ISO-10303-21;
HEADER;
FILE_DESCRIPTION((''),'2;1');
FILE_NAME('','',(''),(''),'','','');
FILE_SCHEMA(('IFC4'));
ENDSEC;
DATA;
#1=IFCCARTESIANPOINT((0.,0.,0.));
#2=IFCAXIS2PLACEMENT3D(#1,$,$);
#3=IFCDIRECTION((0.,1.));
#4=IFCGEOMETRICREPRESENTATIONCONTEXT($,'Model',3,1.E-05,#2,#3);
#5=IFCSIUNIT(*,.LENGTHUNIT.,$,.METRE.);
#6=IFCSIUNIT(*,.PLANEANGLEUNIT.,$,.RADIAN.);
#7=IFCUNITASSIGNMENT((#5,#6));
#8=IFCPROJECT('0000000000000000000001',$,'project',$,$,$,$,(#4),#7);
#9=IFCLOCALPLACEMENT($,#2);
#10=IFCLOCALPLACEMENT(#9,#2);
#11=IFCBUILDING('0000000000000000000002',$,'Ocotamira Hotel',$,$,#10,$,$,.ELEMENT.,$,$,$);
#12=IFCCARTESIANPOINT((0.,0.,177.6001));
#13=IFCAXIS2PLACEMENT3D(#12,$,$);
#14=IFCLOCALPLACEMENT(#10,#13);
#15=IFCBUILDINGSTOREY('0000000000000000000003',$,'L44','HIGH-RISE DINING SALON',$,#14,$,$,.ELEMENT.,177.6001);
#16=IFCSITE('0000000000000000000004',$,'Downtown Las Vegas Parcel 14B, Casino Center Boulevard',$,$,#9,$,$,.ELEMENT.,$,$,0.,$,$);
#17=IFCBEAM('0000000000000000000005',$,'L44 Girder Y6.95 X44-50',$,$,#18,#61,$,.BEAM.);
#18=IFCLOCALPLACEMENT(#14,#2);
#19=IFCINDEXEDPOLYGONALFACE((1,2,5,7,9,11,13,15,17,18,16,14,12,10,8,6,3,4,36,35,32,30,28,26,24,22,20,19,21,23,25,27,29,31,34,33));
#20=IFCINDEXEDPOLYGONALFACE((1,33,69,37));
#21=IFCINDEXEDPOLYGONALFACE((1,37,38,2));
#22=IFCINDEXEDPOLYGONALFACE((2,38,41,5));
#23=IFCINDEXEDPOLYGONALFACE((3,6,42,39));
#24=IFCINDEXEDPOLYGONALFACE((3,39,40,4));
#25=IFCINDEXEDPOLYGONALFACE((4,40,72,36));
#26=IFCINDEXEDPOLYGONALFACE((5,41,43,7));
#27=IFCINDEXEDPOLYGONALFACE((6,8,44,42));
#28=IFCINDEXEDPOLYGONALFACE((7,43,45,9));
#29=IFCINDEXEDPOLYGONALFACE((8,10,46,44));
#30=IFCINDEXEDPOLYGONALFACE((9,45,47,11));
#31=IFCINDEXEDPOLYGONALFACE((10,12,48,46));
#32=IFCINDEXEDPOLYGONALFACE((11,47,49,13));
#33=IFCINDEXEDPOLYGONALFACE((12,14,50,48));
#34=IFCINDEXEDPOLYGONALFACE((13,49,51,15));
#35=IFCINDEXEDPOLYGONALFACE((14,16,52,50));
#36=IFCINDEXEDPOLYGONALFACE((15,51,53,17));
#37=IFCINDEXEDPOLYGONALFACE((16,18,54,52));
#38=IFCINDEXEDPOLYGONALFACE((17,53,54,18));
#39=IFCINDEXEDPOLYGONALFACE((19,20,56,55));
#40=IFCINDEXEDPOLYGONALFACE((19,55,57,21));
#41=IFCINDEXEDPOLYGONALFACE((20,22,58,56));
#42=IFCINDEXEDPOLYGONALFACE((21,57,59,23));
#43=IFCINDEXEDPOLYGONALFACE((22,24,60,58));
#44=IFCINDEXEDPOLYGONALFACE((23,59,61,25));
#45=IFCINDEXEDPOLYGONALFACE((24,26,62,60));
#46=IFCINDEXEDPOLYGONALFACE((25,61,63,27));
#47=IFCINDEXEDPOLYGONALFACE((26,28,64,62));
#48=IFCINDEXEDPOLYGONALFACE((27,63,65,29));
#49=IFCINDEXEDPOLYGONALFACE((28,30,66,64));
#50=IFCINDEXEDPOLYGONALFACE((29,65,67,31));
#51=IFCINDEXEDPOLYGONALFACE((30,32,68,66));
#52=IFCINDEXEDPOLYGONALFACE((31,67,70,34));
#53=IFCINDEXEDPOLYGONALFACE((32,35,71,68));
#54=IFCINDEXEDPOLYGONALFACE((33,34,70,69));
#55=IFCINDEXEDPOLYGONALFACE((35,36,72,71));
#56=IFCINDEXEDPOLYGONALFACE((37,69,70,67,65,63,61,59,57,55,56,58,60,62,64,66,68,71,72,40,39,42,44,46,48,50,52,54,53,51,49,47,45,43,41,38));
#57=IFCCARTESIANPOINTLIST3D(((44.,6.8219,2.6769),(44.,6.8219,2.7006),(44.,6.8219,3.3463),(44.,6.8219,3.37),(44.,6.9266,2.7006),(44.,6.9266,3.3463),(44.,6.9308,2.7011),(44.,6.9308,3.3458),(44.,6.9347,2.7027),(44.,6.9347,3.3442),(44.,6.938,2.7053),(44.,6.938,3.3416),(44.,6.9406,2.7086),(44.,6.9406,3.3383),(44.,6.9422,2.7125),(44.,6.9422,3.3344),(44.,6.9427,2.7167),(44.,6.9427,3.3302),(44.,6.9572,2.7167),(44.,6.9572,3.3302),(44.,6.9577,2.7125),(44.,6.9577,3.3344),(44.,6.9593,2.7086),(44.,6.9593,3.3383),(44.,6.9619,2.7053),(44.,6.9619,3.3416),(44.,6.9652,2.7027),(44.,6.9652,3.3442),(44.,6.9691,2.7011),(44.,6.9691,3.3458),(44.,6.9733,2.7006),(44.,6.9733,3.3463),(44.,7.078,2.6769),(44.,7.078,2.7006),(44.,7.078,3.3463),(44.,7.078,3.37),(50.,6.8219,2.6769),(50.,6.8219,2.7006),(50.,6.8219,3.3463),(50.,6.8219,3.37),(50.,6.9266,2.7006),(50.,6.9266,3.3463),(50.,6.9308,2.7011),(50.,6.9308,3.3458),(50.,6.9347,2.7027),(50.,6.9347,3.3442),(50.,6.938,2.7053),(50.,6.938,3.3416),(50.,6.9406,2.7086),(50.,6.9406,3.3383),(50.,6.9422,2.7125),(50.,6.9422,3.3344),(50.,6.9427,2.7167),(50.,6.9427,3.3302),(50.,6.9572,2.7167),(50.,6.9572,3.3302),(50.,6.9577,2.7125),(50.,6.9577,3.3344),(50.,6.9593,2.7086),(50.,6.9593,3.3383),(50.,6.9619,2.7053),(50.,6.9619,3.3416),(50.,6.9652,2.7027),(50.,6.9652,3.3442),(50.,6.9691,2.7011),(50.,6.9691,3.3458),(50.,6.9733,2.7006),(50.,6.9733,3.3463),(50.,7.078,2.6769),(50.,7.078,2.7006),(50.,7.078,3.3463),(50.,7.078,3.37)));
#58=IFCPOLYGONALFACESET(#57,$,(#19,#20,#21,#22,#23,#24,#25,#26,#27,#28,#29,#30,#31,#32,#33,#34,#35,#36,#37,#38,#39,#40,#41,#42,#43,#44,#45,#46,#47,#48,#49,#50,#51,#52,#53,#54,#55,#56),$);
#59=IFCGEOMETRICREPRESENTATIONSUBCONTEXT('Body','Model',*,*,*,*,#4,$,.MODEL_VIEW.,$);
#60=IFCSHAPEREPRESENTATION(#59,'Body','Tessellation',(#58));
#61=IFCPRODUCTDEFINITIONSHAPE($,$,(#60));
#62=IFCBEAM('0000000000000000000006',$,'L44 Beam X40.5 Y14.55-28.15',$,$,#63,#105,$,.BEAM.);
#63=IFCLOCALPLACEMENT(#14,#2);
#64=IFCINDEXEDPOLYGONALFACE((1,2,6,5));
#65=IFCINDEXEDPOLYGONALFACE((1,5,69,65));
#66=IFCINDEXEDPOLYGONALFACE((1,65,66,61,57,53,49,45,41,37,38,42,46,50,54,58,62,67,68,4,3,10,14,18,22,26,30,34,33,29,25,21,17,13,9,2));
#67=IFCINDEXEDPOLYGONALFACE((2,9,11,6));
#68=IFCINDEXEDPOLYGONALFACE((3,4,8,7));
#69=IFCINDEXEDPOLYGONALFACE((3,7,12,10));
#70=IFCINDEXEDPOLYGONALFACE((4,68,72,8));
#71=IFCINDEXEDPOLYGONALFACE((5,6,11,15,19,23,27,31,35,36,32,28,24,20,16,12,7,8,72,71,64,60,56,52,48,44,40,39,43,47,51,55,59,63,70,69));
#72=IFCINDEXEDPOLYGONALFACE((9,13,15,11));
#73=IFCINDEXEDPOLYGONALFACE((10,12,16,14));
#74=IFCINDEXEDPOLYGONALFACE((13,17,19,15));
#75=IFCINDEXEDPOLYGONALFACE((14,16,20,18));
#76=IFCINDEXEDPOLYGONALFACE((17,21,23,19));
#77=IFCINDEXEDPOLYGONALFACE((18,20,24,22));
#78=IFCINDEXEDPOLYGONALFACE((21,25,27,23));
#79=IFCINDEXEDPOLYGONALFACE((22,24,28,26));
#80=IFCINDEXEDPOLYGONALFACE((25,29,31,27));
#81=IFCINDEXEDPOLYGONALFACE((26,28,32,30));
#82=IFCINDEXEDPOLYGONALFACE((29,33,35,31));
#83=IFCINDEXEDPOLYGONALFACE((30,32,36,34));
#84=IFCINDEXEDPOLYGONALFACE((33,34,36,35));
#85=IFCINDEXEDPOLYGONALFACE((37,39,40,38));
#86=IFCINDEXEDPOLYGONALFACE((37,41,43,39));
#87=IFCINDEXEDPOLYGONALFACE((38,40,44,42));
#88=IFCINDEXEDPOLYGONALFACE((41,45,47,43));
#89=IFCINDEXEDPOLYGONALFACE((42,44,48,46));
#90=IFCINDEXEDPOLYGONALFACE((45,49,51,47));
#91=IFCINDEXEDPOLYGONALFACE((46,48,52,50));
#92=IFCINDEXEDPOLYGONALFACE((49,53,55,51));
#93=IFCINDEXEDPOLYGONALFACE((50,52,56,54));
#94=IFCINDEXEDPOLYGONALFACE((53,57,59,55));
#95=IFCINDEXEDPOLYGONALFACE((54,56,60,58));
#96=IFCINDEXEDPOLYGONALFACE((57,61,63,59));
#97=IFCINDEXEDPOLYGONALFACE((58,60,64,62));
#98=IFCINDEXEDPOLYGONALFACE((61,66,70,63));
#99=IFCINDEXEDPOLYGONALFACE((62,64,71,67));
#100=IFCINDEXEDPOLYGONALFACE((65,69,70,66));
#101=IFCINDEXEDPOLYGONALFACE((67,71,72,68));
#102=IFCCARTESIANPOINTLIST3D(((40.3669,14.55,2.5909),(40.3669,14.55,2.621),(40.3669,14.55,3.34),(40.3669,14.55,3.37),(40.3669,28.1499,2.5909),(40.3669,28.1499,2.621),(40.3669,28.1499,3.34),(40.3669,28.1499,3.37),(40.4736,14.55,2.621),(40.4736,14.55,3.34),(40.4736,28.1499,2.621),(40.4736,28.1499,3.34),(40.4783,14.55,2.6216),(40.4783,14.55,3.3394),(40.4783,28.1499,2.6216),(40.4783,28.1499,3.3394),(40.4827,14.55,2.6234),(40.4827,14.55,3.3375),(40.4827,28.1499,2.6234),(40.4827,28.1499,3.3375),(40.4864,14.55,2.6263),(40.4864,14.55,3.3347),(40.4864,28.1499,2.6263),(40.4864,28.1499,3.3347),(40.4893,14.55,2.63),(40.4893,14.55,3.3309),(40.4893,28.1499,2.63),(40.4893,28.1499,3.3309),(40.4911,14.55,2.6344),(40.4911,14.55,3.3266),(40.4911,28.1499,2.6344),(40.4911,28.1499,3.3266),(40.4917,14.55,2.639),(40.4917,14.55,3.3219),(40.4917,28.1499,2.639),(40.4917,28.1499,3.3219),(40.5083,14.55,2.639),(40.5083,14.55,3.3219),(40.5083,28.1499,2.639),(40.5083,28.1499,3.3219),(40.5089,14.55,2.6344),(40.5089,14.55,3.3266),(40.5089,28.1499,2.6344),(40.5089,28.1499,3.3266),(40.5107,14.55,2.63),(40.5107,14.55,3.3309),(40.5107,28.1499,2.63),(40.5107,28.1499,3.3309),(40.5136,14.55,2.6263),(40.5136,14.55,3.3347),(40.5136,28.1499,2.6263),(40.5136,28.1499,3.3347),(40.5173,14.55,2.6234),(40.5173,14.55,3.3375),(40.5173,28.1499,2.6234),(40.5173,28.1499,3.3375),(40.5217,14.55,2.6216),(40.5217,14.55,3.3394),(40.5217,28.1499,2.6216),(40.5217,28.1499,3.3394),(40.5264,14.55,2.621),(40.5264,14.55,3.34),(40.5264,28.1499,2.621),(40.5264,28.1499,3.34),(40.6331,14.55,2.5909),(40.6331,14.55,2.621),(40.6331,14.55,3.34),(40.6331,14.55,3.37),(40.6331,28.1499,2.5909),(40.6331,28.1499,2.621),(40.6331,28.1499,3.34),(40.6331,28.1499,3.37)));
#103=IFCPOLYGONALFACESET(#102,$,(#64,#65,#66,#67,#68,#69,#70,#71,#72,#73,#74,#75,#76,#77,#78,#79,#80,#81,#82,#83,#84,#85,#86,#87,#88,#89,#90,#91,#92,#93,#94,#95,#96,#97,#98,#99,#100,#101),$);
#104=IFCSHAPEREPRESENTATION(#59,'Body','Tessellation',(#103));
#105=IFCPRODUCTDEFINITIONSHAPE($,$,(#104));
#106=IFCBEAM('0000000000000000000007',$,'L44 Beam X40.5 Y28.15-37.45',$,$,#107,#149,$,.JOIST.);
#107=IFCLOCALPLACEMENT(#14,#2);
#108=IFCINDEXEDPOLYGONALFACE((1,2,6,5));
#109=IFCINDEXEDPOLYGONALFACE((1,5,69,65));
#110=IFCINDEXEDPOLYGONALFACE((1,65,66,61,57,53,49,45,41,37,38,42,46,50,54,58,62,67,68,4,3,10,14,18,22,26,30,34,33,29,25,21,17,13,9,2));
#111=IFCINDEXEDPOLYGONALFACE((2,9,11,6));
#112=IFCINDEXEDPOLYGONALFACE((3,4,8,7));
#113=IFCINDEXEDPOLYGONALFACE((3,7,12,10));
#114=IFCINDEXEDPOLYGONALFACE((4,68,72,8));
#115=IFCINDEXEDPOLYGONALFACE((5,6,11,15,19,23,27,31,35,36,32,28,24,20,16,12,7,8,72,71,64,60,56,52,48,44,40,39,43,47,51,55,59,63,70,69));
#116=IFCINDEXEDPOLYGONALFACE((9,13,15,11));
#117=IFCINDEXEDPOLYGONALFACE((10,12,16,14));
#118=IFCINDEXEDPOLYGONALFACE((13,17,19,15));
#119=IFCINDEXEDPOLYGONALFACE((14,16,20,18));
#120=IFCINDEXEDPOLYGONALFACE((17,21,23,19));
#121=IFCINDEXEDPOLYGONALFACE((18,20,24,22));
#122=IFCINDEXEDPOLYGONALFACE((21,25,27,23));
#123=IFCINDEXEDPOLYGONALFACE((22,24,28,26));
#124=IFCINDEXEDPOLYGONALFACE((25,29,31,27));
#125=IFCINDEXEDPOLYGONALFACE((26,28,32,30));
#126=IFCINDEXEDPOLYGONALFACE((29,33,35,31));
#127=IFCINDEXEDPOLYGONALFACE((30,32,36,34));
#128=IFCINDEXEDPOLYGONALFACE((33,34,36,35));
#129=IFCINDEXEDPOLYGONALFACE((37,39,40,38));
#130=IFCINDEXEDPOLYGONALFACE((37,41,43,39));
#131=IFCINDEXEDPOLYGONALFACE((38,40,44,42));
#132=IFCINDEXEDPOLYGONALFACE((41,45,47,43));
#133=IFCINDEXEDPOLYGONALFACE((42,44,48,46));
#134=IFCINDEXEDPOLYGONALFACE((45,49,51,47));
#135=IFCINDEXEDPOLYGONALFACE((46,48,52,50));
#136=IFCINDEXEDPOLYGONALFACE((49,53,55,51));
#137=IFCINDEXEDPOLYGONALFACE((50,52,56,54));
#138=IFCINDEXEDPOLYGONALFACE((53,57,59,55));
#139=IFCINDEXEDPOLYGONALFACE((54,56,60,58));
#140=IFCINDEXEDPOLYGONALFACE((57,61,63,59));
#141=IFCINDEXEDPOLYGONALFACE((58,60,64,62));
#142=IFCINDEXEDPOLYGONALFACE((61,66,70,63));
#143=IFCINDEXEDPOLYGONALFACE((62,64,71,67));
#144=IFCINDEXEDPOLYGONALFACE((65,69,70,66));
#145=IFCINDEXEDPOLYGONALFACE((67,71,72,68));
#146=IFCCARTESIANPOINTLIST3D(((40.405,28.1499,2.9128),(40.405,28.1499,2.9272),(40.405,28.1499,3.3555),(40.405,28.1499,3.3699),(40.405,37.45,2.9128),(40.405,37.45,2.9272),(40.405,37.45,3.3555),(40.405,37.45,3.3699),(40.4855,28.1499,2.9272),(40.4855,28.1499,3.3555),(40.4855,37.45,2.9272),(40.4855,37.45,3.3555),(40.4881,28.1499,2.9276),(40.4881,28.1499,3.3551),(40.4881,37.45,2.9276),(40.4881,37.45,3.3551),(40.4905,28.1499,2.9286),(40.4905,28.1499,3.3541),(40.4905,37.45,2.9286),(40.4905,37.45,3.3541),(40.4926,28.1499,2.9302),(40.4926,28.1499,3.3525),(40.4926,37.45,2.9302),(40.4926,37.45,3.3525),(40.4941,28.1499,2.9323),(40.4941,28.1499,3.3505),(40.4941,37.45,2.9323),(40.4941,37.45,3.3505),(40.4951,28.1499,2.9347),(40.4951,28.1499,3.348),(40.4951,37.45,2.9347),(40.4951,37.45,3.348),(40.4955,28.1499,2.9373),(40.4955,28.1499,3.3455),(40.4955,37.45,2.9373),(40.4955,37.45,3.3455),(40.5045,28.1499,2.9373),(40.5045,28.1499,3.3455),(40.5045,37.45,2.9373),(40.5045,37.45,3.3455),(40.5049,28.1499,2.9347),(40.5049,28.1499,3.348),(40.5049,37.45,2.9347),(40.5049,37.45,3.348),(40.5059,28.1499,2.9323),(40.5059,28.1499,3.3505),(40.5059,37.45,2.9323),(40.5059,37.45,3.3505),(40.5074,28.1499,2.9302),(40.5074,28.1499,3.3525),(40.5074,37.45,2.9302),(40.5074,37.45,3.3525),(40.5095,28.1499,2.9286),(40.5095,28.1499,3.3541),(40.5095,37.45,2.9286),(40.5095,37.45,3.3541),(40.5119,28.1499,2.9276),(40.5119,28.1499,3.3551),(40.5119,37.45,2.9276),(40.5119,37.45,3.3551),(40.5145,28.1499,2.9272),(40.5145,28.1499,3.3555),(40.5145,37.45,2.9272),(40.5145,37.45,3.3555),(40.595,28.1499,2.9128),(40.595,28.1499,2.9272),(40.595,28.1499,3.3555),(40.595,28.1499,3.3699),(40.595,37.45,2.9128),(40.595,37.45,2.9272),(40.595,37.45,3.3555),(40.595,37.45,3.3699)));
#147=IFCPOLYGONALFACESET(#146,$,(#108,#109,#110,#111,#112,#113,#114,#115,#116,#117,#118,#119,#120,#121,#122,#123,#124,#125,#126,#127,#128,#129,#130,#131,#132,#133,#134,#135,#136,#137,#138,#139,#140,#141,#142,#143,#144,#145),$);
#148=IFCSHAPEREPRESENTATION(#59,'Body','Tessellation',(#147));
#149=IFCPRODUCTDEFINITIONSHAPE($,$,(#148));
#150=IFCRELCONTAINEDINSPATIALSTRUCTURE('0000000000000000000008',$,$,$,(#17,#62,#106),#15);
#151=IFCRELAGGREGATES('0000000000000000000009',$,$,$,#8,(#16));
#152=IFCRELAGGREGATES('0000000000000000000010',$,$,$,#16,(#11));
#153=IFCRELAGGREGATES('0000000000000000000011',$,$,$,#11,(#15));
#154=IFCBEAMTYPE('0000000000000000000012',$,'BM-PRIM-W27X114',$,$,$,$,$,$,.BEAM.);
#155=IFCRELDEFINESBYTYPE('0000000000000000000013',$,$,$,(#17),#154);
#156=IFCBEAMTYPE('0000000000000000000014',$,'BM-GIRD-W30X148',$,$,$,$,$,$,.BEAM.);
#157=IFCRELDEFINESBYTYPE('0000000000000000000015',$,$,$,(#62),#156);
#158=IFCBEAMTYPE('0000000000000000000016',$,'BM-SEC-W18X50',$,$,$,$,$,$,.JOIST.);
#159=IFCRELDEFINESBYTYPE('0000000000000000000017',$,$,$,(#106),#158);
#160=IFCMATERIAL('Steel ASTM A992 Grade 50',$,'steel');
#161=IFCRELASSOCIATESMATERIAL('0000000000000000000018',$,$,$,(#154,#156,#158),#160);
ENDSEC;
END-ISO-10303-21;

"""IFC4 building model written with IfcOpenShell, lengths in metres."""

from ifc_helpers import new_model, si_unit, direction, frame, origin, origin_2d, place, context, subcontext, project, spatial, i_section, extrude, source, transform, mapped, material, material_profile, profile_set, type_object, element, save


model = new_model("IFC4")

# Units and contexts
model_context = context("Model", 3, precision=1e-05, world=origin(), true_north=direction((0.0, 1.0)))
body_context = subcontext(model_context, "Body", "Model", "MODEL_VIEW")
ifc_project = project(units=[si_unit("LENGTHUNIT", "METRE"), si_unit("PLANEANGLEUNIT", "RADIAN")], contexts=[model_context])

# Site, building, storey
site_placement = place(None, origin())
site = spatial("IfcSite", under=ifc_project, at=site_placement, Name="Downtown Las Vegas Parcel 14B, Casino Center Boulevard", CompositionType="ELEMENT", RefElevation=0.0)
building_placement = place(site_placement, origin())
building = spatial("IfcBuilding", under=site, at=building_placement, Name="Ocotamira Hotel", CompositionType="ELEMENT")
storey_placement = place(building_placement, frame((0.0, 0.0, 177.6001)))
storey = spatial("IfcBuildingStorey", under=building, at=storey_placement, Name="L44", Description="HIGH-RISE DINING SALON", CompositionType="ELEMENT", Elevation=177.6001)

# Beams
ifc_material_1 = material(Name="Steel ASTM A992 Grade 50", Category="steel")
ifc_material_profile_1 = material_profile(ifc_material_1, i_section(OverallWidth=0.2561, OverallDepth=0.6931, WebThickness=0.0144, FlangeThickness=0.0237, FilletRadius=0.0161, at=origin_2d()), Name="W27X114")
ifc_profile_set_1 = profile_set([ifc_material_profile_1], Name="Steel ASTM A992 Grade 50")
beam_type_1 = type_object("IfcBeamType", Name="BM-PRIM-W27X114", PredefinedType="BEAM", material=ifc_profile_set_1)
shared_shape_1 = source(origin(), body_context, "Body", "SweptSolid", [
    extrude(i_section(OverallWidth=0.2561, OverallDepth=0.6931, WebThickness=0.0144, FlangeThickness=0.0237, FilletRadius=0.0161, at=origin_2d()), origin(), (0.0, 0.0, 1.0), 6.0),
])
beam_1_placement = place(storey_placement, frame((44.0, 6.95, 3.0234), z_axis=(1.0, 0.0, 0.0), x_axis=(0.0, 1.0, 0.0)))
element("IfcBeam", 1, at=beam_1_placement, inside=storey, type_object=beam_type_1, Name="L44 Girder Y6.95 X44-50", PredefinedType="BEAM", context=body_context, shape_type="MappedRepresentation", body=[
    mapped(shared_shape_1, transform((0.0, 0.0, 0.0), scale=1.0)),
])
ifc_material_profile_2 = material_profile(ifc_material_1, i_section(OverallWidth=0.2661, OverallDepth=0.7791, WebThickness=0.0166, FlangeThickness=0.03, FilletRadius=0.0181, at=origin_2d()), Name="W30X148")
ifc_profile_set_2 = profile_set([ifc_material_profile_2], Name="Steel ASTM A992 Grade 50")
beam_type_2 = type_object("IfcBeamType", Name="BM-GIRD-W30X148", PredefinedType="BEAM", material=ifc_profile_set_2)
shared_shape_2 = source(origin(), body_context, "Body", "SweptSolid", [
    extrude(i_section(OverallWidth=0.2661, OverallDepth=0.7791, WebThickness=0.0166, FlangeThickness=0.03, FilletRadius=0.0181, at=origin_2d()), origin(), (0.0, 0.0, 1.0), 13.5999),
])
beam_2_placement = place(storey_placement, frame((40.5, 14.55, 2.9805), z_axis=(0.0, 1.0, 0.0), x_axis=(-1.0, 0.0, 0.0)))
element("IfcBeam", 2, at=beam_2_placement, inside=storey, type_object=beam_type_2, Name="L44 Beam X40.5 Y14.55-28.15", PredefinedType="BEAM", context=body_context, shape_type="MappedRepresentation", body=[
    mapped(shared_shape_2, transform((0.0, 0.0, 0.0), scale=1.0)),
])
ifc_material_profile_3 = material_profile(ifc_material_1, i_section(OverallWidth=0.1899, OverallDepth=0.457, WebThickness=0.009, FlangeThickness=0.0144, FilletRadius=0.01, at=origin_2d()), Name="W18X50")
ifc_profile_set_3 = profile_set([ifc_material_profile_3], Name="Steel ASTM A992 Grade 50")
beam_type_3 = type_object("IfcBeamType", Name="BM-SEC-W18X50", PredefinedType="JOIST", material=ifc_profile_set_3)
shared_shape_3 = source(origin(), body_context, "Body", "SweptSolid", [
    extrude(i_section(OverallWidth=0.1899, OverallDepth=0.457, WebThickness=0.009, FlangeThickness=0.0144, FilletRadius=0.01, at=origin_2d()), origin(), (0.0, 0.0, 1.0), 9.3),
])
beam_3_placement = place(storey_placement, frame((40.5, 28.1499, 3.1414), z_axis=(0.0, 1.0, 0.0), x_axis=(-1.0, 0.0, 0.0)))
element("IfcBeam", 3, at=beam_3_placement, inside=storey, type_object=beam_type_3, Name="L44 Beam X40.5 Y28.15-37.45", PredefinedType="JOIST", context=body_context, shape_type="MappedRepresentation", body=[
    mapped(shared_shape_3, transform((0.0, 0.0, 0.0), scale=1.0)),
])

save(model, "model.ifc")
